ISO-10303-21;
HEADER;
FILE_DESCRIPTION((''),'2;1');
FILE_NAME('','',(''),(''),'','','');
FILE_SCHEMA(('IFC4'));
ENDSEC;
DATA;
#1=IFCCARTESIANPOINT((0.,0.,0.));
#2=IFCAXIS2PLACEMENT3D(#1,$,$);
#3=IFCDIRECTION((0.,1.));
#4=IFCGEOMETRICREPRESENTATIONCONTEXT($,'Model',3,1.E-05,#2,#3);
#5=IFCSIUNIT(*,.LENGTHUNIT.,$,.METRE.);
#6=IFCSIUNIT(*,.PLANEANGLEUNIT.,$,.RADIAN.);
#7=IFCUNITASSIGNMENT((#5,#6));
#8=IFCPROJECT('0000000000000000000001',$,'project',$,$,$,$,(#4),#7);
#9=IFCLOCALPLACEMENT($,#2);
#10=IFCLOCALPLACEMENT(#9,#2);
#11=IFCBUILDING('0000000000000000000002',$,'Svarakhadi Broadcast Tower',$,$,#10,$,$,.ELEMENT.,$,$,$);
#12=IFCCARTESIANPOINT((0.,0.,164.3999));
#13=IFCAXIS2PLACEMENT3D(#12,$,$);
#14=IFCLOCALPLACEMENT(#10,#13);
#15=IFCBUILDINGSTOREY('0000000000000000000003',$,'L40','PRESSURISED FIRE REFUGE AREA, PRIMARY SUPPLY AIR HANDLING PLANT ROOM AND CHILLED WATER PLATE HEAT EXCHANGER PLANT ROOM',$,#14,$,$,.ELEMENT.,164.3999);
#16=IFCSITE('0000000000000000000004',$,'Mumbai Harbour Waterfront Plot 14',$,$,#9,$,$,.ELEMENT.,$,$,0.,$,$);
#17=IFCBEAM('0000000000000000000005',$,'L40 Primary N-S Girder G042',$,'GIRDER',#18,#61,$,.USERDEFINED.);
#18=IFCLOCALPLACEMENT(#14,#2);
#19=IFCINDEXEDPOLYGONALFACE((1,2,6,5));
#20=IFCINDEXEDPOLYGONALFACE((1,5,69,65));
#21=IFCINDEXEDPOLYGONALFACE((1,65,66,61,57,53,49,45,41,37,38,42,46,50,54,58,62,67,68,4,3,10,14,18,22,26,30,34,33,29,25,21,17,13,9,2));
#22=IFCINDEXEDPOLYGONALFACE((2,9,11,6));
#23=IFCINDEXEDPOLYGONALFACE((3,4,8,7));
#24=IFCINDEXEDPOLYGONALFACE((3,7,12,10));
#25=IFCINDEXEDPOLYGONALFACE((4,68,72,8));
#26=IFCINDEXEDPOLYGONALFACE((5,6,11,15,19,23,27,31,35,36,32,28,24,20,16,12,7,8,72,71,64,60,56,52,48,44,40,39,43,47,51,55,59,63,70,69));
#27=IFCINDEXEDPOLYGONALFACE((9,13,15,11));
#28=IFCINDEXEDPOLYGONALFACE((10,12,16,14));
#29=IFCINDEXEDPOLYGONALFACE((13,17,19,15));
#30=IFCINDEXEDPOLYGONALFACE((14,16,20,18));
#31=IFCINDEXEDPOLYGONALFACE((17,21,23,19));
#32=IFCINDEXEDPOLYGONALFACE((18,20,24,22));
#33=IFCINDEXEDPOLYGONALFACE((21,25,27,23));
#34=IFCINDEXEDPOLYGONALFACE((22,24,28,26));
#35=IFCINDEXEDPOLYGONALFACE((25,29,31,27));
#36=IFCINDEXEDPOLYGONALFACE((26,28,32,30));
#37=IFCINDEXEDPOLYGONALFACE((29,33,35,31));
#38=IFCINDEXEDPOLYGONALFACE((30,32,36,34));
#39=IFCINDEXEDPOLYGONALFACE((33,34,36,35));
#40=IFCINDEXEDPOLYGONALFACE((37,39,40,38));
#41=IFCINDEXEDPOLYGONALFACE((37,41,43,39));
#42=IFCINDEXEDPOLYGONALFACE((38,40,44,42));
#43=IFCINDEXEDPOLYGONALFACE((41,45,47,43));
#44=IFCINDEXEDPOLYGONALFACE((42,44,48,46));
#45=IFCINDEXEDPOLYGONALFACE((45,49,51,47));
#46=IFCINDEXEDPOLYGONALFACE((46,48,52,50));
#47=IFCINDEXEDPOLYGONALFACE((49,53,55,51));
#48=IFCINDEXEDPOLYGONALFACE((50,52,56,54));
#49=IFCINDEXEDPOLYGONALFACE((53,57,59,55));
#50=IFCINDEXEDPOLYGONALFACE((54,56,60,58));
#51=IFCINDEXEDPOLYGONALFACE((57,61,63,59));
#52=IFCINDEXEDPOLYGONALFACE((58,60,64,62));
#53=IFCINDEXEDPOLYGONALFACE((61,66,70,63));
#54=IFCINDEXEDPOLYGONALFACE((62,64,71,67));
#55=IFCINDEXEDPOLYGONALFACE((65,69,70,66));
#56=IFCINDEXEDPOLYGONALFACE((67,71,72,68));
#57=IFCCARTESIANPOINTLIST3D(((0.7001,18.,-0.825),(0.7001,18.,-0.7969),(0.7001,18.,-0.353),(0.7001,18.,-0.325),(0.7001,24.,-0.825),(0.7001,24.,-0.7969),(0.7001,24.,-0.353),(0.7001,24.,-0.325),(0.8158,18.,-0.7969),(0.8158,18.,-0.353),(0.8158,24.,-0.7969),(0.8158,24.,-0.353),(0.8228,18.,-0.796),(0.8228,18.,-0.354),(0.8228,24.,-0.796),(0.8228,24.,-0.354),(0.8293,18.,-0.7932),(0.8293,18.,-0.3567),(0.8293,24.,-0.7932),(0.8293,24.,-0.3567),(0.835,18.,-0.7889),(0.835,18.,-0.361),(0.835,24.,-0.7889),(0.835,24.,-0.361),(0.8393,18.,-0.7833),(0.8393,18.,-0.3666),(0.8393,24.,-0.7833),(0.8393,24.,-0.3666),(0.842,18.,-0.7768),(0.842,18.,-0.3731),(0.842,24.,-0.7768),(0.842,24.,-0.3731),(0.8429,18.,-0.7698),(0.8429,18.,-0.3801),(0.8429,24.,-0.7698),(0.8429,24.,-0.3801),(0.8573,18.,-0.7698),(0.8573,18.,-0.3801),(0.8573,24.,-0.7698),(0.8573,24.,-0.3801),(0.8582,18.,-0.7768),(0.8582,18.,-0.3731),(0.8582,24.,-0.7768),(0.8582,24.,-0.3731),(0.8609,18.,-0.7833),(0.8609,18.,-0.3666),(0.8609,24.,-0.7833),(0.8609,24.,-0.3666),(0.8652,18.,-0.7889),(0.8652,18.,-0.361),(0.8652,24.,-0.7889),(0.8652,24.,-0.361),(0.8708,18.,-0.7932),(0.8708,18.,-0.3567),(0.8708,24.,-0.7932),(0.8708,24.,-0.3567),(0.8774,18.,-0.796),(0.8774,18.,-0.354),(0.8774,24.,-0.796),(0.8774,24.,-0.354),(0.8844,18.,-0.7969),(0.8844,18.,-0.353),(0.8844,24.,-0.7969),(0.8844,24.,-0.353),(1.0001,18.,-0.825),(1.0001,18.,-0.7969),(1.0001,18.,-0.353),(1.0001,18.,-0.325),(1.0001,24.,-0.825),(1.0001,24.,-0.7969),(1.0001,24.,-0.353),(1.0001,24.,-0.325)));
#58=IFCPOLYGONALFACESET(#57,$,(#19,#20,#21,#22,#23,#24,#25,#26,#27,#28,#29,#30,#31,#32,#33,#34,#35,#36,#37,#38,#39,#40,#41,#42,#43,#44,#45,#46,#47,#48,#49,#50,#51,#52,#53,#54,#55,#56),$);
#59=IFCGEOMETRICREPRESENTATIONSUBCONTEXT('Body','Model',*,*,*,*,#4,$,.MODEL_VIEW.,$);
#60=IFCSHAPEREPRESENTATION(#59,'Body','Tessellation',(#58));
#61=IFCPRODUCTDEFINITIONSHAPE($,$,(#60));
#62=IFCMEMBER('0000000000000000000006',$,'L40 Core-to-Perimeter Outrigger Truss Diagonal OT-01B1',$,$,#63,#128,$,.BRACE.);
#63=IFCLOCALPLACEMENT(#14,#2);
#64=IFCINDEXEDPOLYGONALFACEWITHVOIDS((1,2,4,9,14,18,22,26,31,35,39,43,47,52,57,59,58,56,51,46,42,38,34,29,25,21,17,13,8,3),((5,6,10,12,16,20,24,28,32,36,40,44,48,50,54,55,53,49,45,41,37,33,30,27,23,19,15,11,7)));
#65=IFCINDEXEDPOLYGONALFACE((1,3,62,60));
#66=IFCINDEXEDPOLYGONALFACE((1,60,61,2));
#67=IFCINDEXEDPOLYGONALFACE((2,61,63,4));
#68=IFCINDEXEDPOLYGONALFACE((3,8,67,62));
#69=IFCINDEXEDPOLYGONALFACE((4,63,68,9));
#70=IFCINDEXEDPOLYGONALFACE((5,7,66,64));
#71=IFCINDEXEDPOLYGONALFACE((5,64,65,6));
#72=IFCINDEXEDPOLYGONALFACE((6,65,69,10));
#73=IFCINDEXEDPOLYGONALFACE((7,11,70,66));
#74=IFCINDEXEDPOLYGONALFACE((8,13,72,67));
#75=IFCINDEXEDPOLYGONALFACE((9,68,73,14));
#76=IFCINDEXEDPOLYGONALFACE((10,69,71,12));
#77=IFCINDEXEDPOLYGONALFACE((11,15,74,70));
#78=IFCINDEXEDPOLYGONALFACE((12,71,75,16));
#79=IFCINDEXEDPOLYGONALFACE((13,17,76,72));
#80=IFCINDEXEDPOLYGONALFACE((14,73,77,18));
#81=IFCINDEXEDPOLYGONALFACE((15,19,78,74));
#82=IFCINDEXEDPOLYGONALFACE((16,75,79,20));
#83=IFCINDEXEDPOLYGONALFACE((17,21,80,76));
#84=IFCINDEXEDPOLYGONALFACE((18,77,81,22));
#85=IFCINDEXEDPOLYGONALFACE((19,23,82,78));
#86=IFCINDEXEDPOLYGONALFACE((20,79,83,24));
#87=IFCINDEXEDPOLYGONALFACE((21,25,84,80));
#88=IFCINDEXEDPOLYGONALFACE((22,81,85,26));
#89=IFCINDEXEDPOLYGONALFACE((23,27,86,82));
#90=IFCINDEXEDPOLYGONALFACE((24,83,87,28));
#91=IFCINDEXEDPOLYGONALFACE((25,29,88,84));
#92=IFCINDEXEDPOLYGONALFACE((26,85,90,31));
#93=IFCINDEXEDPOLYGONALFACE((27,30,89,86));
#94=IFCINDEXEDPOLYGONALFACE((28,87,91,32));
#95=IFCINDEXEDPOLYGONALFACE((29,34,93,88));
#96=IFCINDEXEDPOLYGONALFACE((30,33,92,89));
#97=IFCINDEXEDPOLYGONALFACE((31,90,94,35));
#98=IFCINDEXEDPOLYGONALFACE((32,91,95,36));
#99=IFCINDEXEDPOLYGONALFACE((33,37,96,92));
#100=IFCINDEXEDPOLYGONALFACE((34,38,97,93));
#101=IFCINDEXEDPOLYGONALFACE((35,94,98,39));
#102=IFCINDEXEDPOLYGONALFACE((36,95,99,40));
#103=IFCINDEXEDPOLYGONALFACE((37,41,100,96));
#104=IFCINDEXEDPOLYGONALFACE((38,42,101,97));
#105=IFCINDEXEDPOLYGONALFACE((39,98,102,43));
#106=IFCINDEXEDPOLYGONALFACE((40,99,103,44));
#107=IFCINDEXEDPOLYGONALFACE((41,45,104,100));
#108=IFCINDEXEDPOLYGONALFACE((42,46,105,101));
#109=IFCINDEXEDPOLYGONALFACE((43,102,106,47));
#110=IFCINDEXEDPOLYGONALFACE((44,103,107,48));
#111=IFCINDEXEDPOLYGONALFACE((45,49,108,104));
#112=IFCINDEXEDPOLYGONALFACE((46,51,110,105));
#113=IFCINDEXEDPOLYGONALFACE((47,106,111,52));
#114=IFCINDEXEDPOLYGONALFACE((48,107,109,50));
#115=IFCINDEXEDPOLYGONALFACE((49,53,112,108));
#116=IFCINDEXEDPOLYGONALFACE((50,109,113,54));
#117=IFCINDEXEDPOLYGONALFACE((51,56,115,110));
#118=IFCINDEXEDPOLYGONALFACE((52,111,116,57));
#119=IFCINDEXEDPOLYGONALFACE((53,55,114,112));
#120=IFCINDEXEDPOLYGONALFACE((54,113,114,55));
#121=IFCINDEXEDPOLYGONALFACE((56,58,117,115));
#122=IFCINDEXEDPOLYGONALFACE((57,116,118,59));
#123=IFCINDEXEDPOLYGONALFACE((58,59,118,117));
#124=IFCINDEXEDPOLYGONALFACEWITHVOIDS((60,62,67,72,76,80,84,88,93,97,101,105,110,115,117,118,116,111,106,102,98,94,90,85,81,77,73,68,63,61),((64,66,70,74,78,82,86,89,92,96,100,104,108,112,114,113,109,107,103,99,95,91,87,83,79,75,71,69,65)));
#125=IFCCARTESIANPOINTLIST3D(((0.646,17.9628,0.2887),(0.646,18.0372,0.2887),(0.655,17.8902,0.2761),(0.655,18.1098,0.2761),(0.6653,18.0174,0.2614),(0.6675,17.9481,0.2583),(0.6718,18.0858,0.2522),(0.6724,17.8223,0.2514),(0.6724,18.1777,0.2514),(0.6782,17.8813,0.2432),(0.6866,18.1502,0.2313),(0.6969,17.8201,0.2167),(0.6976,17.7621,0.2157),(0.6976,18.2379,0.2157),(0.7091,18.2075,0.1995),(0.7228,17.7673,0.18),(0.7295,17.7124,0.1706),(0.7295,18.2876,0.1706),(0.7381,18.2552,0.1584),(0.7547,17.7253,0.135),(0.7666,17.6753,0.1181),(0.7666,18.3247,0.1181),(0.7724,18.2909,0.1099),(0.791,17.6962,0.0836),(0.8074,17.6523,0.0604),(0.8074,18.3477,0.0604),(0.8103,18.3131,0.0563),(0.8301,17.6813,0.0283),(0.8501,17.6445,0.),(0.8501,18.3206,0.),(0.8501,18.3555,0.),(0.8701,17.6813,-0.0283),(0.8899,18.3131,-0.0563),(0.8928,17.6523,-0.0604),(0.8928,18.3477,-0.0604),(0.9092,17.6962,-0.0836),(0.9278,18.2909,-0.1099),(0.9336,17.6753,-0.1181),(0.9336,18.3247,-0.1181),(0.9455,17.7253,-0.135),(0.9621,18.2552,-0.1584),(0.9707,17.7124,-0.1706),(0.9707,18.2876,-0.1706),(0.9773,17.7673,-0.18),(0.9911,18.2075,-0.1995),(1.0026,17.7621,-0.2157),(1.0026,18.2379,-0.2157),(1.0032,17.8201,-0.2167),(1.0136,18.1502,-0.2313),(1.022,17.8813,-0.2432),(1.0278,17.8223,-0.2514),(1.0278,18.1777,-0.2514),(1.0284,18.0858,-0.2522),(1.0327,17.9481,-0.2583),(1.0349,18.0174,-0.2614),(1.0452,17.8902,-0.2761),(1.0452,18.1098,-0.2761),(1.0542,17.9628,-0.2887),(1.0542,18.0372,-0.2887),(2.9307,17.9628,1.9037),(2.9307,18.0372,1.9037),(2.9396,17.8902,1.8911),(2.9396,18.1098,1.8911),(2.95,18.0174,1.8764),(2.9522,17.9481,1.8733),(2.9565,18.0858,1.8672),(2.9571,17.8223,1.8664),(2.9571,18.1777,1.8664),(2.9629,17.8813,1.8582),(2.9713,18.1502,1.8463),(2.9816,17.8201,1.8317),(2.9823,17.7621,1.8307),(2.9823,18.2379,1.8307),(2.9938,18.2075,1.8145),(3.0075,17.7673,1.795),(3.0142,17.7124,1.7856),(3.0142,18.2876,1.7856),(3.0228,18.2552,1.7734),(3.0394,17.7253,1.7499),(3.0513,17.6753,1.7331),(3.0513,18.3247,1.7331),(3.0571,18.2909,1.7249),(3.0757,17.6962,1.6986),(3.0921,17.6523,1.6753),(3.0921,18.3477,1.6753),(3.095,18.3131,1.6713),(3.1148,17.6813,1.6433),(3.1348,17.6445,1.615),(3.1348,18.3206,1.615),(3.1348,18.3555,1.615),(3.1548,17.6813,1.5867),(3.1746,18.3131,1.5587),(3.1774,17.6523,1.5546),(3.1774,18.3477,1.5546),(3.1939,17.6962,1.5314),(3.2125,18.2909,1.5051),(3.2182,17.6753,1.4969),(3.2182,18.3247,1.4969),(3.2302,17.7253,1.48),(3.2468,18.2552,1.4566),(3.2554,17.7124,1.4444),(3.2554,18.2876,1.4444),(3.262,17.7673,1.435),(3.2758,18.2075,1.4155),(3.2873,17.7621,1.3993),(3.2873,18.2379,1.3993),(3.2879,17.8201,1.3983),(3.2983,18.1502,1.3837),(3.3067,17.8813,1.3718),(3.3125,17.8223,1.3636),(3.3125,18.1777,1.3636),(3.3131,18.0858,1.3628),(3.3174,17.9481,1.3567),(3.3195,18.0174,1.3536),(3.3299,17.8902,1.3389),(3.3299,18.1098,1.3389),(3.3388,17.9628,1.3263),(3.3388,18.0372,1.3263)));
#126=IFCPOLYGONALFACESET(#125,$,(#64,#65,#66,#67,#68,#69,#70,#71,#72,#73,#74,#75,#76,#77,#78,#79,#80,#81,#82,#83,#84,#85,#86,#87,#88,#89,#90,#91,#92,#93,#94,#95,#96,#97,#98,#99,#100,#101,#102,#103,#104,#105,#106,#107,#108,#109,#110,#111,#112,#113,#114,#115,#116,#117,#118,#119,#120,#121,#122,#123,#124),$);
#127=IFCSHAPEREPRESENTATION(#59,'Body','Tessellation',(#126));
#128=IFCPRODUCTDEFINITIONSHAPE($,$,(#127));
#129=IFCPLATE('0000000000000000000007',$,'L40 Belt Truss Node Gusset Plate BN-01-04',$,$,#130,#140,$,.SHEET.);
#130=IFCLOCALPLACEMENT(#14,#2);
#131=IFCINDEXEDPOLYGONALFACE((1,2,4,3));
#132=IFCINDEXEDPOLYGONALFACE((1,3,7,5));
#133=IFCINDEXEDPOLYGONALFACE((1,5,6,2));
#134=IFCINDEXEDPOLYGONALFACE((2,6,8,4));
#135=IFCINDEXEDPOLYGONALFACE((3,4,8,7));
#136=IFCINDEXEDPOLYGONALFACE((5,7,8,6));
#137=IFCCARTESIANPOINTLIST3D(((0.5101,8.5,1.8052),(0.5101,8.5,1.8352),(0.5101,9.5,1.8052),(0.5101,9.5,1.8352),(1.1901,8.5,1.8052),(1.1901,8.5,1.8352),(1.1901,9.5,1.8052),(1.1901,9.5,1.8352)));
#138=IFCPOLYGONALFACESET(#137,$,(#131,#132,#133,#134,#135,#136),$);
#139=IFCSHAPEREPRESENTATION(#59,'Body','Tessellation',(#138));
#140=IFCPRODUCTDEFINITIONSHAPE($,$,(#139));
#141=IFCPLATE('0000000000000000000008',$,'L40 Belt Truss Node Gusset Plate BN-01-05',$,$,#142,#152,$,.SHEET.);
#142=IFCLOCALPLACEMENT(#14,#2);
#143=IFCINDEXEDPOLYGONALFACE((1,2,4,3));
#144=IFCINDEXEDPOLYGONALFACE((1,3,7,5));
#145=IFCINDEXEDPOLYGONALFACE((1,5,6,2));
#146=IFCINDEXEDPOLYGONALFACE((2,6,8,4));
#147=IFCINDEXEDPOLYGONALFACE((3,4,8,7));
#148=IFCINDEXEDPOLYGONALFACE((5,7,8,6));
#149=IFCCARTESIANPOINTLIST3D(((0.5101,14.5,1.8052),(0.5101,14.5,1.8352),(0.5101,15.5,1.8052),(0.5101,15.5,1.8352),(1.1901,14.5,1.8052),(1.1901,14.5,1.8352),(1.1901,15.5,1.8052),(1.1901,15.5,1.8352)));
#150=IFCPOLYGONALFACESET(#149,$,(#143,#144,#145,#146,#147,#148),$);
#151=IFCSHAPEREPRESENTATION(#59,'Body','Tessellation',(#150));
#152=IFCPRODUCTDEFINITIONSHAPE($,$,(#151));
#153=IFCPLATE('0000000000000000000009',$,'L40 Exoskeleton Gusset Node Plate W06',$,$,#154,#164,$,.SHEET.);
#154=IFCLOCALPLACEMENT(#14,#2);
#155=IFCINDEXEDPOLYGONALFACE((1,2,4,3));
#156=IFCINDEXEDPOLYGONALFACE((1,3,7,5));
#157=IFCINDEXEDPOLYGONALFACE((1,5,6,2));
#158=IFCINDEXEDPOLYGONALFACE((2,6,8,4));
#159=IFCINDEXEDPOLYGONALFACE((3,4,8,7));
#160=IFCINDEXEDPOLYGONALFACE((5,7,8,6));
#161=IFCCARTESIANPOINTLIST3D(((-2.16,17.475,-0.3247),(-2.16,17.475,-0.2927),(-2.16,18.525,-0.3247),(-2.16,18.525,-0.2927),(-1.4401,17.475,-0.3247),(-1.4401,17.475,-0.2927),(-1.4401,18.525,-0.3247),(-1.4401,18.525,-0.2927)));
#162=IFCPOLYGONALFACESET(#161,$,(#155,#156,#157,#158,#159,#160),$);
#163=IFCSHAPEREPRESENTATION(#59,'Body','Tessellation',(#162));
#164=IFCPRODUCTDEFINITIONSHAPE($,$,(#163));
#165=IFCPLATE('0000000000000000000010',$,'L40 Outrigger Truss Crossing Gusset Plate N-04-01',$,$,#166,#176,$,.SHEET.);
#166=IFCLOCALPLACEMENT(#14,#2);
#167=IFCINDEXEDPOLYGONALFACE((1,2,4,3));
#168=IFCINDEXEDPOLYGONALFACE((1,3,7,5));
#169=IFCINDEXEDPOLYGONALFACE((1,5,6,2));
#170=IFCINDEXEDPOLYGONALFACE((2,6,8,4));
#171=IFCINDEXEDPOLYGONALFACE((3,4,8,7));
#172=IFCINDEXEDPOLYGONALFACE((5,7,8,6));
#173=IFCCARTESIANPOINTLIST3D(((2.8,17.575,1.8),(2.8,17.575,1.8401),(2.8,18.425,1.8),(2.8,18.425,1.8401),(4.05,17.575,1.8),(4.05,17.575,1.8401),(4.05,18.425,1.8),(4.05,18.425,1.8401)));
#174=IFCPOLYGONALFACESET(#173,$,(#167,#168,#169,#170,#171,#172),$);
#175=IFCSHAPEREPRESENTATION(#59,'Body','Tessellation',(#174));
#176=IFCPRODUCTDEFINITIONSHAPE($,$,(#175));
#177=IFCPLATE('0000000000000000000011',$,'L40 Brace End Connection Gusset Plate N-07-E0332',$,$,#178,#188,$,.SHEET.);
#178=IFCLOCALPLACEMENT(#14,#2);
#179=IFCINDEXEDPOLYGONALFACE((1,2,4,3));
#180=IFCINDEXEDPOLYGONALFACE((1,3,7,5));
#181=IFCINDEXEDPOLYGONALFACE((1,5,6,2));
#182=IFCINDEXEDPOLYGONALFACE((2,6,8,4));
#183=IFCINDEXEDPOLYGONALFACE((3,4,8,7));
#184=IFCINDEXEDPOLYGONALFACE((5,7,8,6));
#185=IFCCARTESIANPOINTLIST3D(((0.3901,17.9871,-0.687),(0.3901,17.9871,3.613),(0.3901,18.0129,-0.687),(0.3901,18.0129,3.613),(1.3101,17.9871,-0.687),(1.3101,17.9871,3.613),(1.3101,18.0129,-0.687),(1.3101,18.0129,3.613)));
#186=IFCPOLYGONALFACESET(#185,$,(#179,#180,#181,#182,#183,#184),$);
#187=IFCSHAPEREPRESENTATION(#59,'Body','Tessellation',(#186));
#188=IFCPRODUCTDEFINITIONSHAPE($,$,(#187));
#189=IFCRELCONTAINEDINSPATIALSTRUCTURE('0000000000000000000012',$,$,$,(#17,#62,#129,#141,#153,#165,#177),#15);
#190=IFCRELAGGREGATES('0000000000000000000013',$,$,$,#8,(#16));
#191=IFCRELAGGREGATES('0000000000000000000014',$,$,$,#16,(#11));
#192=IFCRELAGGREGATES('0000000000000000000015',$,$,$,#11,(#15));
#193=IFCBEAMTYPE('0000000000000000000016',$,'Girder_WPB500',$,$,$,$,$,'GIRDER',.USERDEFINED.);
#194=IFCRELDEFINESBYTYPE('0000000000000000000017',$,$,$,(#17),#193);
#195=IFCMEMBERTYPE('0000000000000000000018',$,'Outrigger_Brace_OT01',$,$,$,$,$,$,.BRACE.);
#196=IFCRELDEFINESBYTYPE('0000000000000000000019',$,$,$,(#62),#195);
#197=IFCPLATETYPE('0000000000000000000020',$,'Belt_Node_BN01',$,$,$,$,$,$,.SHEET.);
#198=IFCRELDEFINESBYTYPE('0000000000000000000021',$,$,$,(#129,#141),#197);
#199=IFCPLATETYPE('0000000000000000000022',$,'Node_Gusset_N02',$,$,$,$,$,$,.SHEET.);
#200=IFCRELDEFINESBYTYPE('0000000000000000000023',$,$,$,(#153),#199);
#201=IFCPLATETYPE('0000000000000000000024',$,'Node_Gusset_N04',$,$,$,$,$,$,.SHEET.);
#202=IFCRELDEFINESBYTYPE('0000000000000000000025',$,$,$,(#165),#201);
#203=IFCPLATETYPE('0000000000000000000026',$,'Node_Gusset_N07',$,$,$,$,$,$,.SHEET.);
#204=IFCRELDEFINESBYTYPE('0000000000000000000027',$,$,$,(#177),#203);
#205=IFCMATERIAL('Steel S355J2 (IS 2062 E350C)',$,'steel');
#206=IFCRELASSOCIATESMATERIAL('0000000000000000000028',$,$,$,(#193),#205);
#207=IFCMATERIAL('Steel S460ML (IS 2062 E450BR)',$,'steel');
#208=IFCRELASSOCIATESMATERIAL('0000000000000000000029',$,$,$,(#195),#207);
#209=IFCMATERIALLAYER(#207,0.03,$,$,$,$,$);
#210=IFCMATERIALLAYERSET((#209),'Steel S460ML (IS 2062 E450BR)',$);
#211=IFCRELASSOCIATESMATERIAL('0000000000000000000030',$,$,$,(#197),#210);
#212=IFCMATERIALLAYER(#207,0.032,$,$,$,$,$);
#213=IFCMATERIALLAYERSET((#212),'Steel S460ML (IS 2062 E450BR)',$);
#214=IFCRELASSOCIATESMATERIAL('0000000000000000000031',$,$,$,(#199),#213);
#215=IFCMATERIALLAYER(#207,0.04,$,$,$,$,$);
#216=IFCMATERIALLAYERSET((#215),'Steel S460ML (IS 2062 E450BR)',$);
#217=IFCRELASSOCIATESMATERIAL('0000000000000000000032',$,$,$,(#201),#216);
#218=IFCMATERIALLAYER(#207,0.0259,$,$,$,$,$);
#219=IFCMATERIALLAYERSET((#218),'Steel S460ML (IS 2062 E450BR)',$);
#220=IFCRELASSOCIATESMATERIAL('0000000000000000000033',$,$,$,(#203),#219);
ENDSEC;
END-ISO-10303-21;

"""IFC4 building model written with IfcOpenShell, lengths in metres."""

from ifc_helpers import new_model, si_unit, direction, frame, origin, origin_2d, place, context, subcontext, project, spatial, rectangle, hollow_circle, i_section, extrude, material, layer, layer_set, material_profile, profile_set, type_object, element, save


model = new_model("IFC4")

# Units and contexts
model_context = context("Model", 3, precision=1e-05, world=origin(), true_north=direction((0.0, 1.0)))
body_context = subcontext(model_context, "Body", "Model", "MODEL_VIEW")
ifc_project = project(units=[si_unit("LENGTHUNIT", "METRE"), si_unit("PLANEANGLEUNIT", "RADIAN")], contexts=[model_context])

# Site, building, storey
site_placement = place(None, origin())
site = spatial("IfcSite", under=ifc_project, at=site_placement, Name="Mumbai Harbour Waterfront Plot 14", CompositionType="ELEMENT", RefElevation=0.0)
building_placement = place(site_placement, origin())
building = spatial("IfcBuilding", under=site, at=building_placement, Name="Svarakhadi Broadcast Tower", CompositionType="ELEMENT")
storey_placement = place(building_placement, frame((0.0, 0.0, 164.3999)))
storey = spatial("IfcBuildingStorey", under=building, at=storey_placement, Name="L40", Description="PRESSURISED FIRE REFUGE AREA, PRIMARY SUPPLY AIR HANDLING PLANT ROOM AND CHILLED WATER PLATE HEAT EXCHANGER PLANT ROOM", CompositionType="ELEMENT", Elevation=164.3999)

# Shared definitions
ifc_material_1 = material(Name="Steel S460ML (IS 2062 E450BR)", Category="steel")

# Shared definitions
ifc_material_2 = material(Name="Steel S355J2 (IS 2062 E350C)", Category="steel")

# Beam
ifc_material_profile_1 = material_profile(ifc_material_2, i_section(OverallWidth=0.3, OverallDepth=0.5, WebThickness=0.0144, FlangeThickness=0.0281, FilletRadius=0.0271, at=origin_2d()), Name="WPB 500x300x187")
ifc_profile_set_1 = profile_set([ifc_material_profile_1], Name="Steel S355J2 (IS 2062 E350C)")
beam_type_1 = type_object("IfcBeamType", Name="Girder_WPB500", ElementType="GIRDER", PredefinedType="USERDEFINED", material=ifc_profile_set_1)
for number, where, z_axis, x_axis, name in (
    (1, (0.8501, 18.0, -0.575), (0.0, 1.0, 0.0), (-1.0, 0.0, 0.0), "L40 Primary N-S Girder G042"),
):
    element("IfcBeam", number, at=place(storey_placement, frame(where, z_axis=z_axis, x_axis=x_axis)), inside=storey, type_object=beam_type_1, Name=name, ObjectType="GIRDER", PredefinedType="USERDEFINED", context=body_context, shape_type="SweptSolid", body=[
        extrude(i_section(OverallWidth=0.3, OverallDepth=0.5, WebThickness=0.0144, FlangeThickness=0.0281, FilletRadius=0.0271, at=origin_2d()), origin(), (0.0, 0.0, 1.0), 6.0),
    ])

# Member
ifc_material_profile_2 = material_profile(ifc_material_1, hollow_circle(Radius=0.3555, WallThickness=0.0349, at=origin_2d()), Name="CHS 711x35")
ifc_profile_set_2 = profile_set([ifc_material_profile_2], Name="Steel S460ML (IS 2062 E450BR)")
member_type_1 = type_object("IfcMemberType", Name="Outrigger_Brace_OT01", PredefinedType="BRACE", material=ifc_profile_set_2)
member_1_placement = place(storey_placement, frame((0.8501, 18.0, 0.0), z_axis=(0.816583, 0.0, 0.577228), x_axis=(0.0, 1.0, 0.0)))
element("IfcMember", 2, at=member_1_placement, inside=storey, type_object=member_type_1, Name="L40 Core-to-Perimeter Outrigger Truss Diagonal OT-01B1", PredefinedType="BRACE", context=body_context, shape_type="SweptSolid", body=[
    extrude(hollow_circle(Radius=0.3555, WallThickness=0.0349, at=origin_2d()), origin(), (0.0, 0.0, 1.0), 2.7979),
])

# Plates
ifc_layer_1 = layer(ifc_material_1, 0.03)
ifc_layer_set_1 = layer_set([ifc_layer_1], Name="Steel S460ML (IS 2062 E450BR)")
plate_type_1 = type_object("IfcPlateType", Name="Belt_Node_BN01", PredefinedType="SHEET", material=ifc_layer_set_1)
for number, where, z_axis, x_axis, name in (
    (3, (0.8501, 9.0, 1.8052), (0.0, 0.0, 1.0), (0.0, 1.0, 0.0), "L40 Belt Truss Node Gusset Plate BN-01-04"),
    (4, (0.8501, 15.0, 1.8052), (0.0, 0.0, 1.0), (0.0, 1.0, 0.0), "L40 Belt Truss Node Gusset Plate BN-01-05"),
):
    element("IfcPlate", number, at=place(storey_placement, frame(where, z_axis=z_axis, x_axis=x_axis)), inside=storey, type_object=plate_type_1, Name=name, PredefinedType="SHEET", context=body_context, shape_type="SweptSolid", body=[
        extrude(rectangle(XDim=1.0, YDim=0.6799, at=origin_2d()), origin(), (0.0, 0.0, 1.0), 0.03),
    ])
ifc_layer_2 = layer(ifc_material_1, 0.032)
ifc_layer_set_2 = layer_set([ifc_layer_2], Name="Steel S460ML (IS 2062 E450BR)")
plate_type_2 = type_object("IfcPlateType", Name="Node_Gusset_N02", PredefinedType="SHEET", material=ifc_layer_set_2)
plate_1_placement = place(storey_placement, frame((-1.8, 18.0, -0.3247), z_axis=(0.0, 0.0, 1.0), x_axis=(0.0, 1.0, 0.0)))
element("IfcPlate", 5, at=plate_1_placement, inside=storey, type_object=plate_type_2, Name="L40 Exoskeleton Gusset Node Plate W06", PredefinedType="SHEET", context=body_context, shape_type="SweptSolid", body=[
    extrude(rectangle(XDim=1.05, YDim=0.72, at=origin_2d()), origin(), (0.0, 0.0, 1.0), 0.032),
])
ifc_layer_3 = layer(ifc_material_1, 0.04)
ifc_layer_set_3 = layer_set([ifc_layer_3], Name="Steel S460ML (IS 2062 E450BR)")
plate_type_3 = type_object("IfcPlateType", Name="Node_Gusset_N04", PredefinedType="SHEET", material=ifc_layer_set_3)
plate_2_placement = place(storey_placement, frame((3.425, 18.0, 1.8), z_axis=(0.0, 0.0, 1.0), x_axis=(1.0, 0.0, 0.0)))
element("IfcPlate", 6, at=plate_2_placement, inside=storey, type_object=plate_type_3, Name="L40 Outrigger Truss Crossing Gusset Plate N-04-01", PredefinedType="SHEET", context=body_context, shape_type="SweptSolid", body=[
    extrude(rectangle(XDim=1.25, YDim=0.8501, at=origin_2d()), origin(), (0.0, 0.0, 1.0), 0.04),
])
ifc_layer_4 = layer(ifc_material_1, 0.0259)
ifc_layer_set_4 = layer_set([ifc_layer_4], Name="Steel S460ML (IS 2062 E450BR)")
plate_type_4 = type_object("IfcPlateType", Name="Node_Gusset_N07", PredefinedType="SHEET", material=ifc_layer_set_4)
plate_3_placement = place(storey_placement, frame((0.8501, 18.0, -0.687), z_axis=(0.0, 0.0, 1.0), x_axis=(1.0, 0.0, 0.0)))
element("IfcPlate", 7, at=plate_3_placement, inside=storey, type_object=plate_type_4, Name="L40 Brace End Connection Gusset Plate N-07-E0332", PredefinedType="SHEET", context=body_context, shape_type="SweptSolid", body=[
    extrude(rectangle(XDim=0.9199, YDim=0.0259, at=origin_2d()), origin(), (0.0, 0.0, 1.0), 4.3),
])

save(model, "model.ifc")
